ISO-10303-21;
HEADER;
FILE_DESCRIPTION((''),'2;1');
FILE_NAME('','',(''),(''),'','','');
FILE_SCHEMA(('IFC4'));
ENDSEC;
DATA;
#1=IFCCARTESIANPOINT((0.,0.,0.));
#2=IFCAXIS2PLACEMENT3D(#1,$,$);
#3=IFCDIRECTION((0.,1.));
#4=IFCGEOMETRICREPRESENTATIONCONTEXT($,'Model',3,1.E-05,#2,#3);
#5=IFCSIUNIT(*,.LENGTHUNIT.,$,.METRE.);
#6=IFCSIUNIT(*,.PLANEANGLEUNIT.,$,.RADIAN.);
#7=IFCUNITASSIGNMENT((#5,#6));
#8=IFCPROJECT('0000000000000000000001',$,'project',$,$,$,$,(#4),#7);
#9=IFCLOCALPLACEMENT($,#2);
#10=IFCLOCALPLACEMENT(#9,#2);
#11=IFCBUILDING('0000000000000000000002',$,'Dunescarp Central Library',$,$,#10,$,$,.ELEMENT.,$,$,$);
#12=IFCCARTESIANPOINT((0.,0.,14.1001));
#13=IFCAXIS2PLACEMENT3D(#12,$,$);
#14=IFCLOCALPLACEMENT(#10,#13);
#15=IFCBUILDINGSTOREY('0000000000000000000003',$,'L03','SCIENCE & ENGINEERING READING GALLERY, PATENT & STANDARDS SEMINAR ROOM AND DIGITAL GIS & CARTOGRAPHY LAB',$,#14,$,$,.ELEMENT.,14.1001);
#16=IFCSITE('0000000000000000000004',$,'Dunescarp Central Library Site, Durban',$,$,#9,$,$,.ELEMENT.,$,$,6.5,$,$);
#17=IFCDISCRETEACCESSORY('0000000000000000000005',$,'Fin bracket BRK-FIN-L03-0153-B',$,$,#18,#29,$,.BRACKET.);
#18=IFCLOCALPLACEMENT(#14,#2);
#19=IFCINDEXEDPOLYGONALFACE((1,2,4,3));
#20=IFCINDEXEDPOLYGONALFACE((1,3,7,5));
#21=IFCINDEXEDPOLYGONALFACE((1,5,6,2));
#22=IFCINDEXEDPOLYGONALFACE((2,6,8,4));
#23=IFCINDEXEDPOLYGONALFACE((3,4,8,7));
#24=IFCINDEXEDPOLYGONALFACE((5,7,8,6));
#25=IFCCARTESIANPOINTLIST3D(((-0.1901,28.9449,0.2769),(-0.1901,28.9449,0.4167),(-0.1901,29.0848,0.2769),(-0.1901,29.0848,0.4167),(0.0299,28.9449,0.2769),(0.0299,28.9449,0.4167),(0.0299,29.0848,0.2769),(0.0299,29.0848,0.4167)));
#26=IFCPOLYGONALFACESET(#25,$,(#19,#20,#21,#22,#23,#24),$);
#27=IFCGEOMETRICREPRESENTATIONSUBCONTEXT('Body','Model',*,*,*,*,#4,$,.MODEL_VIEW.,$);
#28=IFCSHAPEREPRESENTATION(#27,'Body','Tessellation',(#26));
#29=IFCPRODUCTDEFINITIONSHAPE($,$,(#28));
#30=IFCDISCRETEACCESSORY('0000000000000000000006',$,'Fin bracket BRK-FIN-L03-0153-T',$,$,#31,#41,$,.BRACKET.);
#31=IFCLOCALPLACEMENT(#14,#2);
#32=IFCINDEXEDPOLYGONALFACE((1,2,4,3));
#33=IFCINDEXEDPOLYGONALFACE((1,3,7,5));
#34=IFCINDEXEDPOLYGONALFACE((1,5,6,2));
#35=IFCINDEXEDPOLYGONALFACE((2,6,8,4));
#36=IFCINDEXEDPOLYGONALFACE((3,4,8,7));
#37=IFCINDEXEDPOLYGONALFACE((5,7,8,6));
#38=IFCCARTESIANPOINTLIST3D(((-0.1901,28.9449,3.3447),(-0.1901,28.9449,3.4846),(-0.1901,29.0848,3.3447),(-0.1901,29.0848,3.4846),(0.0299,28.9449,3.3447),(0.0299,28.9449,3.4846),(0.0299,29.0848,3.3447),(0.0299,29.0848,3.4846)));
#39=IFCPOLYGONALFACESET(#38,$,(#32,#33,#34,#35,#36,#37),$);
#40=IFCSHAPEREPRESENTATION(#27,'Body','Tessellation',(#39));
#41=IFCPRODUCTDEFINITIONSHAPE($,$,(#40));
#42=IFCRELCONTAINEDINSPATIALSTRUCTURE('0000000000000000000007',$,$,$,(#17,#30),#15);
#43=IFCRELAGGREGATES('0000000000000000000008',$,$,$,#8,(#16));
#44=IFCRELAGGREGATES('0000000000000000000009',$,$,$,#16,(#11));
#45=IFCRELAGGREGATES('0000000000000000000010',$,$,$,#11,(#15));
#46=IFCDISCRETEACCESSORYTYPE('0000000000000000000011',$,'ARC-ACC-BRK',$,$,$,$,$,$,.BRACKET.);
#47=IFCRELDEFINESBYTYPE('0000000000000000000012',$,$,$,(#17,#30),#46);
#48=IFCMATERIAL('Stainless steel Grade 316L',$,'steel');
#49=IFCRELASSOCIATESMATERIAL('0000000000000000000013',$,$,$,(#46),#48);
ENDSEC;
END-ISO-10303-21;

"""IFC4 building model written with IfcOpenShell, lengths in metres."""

from ifc_helpers import new_model, si_unit, direction, frame, origin, origin_2d, place, context, subcontext, project, spatial, rectangle, extrude, material, type_object, element, save


model = new_model("IFC4")

# Units and contexts
model_context = context("Model", 3, precision=1e-05, world=origin(), true_north=direction((0.0, 1.0)))
body_context = subcontext(model_context, "Body", "Model", "MODEL_VIEW")
ifc_project = project(units=[si_unit("LENGTHUNIT", "METRE"), si_unit("PLANEANGLEUNIT", "RADIAN")], contexts=[model_context])

# Site, building, storey
site_placement = place(None, origin())
site = spatial("IfcSite", under=ifc_project, at=site_placement, Name="Dunescarp Central Library Site, Durban", CompositionType="ELEMENT", RefElevation=6.5)
building_placement = place(site_placement, origin())
building = spatial("IfcBuilding", under=site, at=building_placement, Name="Dunescarp Central Library", CompositionType="ELEMENT")
storey_placement = place(building_placement, frame((0.0, 0.0, 14.1001)))
storey = spatial("IfcBuildingStorey", under=building, at=storey_placement, Name="L03", Description="SCIENCE & ENGINEERING READING GALLERY, PATENT & STANDARDS SEMINAR ROOM AND DIGITAL GIS & CARTOGRAPHY LAB", CompositionType="ELEMENT", Elevation=14.1001)

# Discrete accessories
ifc_material_1 = material(Name="Stainless steel Grade 316L", Category="steel")
discrete_accessory_type = type_object("IfcDiscreteAccessoryType", Name="ARC-ACC-BRK", PredefinedType="BRACKET", material=ifc_material_1)
for number, where, z_axis, x_axis, name in (
    (1, (-0.0801, 29.0149, 0.2769), (0.0, 0.0, 1.0), (-1.0, 0.0, 0.0), "Fin bracket BRK-FIN-L03-0153-B"),
    (2, (-0.0801, 29.0149, 3.3447), (0.0, 0.0, 1.0), (-1.0, 0.0, 0.0), "Fin bracket BRK-FIN-L03-0153-T"),
):
    element("IfcDiscreteAccessory", number, at=place(storey_placement, frame(where, z_axis=z_axis, x_axis=x_axis)), inside=storey, type_object=discrete_accessory_type, Name=name, PredefinedType="BRACKET", context=body_context, shape_type="SweptSolid", body=[
        extrude(rectangle(XDim=0.22, YDim=0.1399, at=origin_2d()), origin(), (0.0, 0.0, 1.0), 0.1399),
    ])

save(model, "model.ifc")
